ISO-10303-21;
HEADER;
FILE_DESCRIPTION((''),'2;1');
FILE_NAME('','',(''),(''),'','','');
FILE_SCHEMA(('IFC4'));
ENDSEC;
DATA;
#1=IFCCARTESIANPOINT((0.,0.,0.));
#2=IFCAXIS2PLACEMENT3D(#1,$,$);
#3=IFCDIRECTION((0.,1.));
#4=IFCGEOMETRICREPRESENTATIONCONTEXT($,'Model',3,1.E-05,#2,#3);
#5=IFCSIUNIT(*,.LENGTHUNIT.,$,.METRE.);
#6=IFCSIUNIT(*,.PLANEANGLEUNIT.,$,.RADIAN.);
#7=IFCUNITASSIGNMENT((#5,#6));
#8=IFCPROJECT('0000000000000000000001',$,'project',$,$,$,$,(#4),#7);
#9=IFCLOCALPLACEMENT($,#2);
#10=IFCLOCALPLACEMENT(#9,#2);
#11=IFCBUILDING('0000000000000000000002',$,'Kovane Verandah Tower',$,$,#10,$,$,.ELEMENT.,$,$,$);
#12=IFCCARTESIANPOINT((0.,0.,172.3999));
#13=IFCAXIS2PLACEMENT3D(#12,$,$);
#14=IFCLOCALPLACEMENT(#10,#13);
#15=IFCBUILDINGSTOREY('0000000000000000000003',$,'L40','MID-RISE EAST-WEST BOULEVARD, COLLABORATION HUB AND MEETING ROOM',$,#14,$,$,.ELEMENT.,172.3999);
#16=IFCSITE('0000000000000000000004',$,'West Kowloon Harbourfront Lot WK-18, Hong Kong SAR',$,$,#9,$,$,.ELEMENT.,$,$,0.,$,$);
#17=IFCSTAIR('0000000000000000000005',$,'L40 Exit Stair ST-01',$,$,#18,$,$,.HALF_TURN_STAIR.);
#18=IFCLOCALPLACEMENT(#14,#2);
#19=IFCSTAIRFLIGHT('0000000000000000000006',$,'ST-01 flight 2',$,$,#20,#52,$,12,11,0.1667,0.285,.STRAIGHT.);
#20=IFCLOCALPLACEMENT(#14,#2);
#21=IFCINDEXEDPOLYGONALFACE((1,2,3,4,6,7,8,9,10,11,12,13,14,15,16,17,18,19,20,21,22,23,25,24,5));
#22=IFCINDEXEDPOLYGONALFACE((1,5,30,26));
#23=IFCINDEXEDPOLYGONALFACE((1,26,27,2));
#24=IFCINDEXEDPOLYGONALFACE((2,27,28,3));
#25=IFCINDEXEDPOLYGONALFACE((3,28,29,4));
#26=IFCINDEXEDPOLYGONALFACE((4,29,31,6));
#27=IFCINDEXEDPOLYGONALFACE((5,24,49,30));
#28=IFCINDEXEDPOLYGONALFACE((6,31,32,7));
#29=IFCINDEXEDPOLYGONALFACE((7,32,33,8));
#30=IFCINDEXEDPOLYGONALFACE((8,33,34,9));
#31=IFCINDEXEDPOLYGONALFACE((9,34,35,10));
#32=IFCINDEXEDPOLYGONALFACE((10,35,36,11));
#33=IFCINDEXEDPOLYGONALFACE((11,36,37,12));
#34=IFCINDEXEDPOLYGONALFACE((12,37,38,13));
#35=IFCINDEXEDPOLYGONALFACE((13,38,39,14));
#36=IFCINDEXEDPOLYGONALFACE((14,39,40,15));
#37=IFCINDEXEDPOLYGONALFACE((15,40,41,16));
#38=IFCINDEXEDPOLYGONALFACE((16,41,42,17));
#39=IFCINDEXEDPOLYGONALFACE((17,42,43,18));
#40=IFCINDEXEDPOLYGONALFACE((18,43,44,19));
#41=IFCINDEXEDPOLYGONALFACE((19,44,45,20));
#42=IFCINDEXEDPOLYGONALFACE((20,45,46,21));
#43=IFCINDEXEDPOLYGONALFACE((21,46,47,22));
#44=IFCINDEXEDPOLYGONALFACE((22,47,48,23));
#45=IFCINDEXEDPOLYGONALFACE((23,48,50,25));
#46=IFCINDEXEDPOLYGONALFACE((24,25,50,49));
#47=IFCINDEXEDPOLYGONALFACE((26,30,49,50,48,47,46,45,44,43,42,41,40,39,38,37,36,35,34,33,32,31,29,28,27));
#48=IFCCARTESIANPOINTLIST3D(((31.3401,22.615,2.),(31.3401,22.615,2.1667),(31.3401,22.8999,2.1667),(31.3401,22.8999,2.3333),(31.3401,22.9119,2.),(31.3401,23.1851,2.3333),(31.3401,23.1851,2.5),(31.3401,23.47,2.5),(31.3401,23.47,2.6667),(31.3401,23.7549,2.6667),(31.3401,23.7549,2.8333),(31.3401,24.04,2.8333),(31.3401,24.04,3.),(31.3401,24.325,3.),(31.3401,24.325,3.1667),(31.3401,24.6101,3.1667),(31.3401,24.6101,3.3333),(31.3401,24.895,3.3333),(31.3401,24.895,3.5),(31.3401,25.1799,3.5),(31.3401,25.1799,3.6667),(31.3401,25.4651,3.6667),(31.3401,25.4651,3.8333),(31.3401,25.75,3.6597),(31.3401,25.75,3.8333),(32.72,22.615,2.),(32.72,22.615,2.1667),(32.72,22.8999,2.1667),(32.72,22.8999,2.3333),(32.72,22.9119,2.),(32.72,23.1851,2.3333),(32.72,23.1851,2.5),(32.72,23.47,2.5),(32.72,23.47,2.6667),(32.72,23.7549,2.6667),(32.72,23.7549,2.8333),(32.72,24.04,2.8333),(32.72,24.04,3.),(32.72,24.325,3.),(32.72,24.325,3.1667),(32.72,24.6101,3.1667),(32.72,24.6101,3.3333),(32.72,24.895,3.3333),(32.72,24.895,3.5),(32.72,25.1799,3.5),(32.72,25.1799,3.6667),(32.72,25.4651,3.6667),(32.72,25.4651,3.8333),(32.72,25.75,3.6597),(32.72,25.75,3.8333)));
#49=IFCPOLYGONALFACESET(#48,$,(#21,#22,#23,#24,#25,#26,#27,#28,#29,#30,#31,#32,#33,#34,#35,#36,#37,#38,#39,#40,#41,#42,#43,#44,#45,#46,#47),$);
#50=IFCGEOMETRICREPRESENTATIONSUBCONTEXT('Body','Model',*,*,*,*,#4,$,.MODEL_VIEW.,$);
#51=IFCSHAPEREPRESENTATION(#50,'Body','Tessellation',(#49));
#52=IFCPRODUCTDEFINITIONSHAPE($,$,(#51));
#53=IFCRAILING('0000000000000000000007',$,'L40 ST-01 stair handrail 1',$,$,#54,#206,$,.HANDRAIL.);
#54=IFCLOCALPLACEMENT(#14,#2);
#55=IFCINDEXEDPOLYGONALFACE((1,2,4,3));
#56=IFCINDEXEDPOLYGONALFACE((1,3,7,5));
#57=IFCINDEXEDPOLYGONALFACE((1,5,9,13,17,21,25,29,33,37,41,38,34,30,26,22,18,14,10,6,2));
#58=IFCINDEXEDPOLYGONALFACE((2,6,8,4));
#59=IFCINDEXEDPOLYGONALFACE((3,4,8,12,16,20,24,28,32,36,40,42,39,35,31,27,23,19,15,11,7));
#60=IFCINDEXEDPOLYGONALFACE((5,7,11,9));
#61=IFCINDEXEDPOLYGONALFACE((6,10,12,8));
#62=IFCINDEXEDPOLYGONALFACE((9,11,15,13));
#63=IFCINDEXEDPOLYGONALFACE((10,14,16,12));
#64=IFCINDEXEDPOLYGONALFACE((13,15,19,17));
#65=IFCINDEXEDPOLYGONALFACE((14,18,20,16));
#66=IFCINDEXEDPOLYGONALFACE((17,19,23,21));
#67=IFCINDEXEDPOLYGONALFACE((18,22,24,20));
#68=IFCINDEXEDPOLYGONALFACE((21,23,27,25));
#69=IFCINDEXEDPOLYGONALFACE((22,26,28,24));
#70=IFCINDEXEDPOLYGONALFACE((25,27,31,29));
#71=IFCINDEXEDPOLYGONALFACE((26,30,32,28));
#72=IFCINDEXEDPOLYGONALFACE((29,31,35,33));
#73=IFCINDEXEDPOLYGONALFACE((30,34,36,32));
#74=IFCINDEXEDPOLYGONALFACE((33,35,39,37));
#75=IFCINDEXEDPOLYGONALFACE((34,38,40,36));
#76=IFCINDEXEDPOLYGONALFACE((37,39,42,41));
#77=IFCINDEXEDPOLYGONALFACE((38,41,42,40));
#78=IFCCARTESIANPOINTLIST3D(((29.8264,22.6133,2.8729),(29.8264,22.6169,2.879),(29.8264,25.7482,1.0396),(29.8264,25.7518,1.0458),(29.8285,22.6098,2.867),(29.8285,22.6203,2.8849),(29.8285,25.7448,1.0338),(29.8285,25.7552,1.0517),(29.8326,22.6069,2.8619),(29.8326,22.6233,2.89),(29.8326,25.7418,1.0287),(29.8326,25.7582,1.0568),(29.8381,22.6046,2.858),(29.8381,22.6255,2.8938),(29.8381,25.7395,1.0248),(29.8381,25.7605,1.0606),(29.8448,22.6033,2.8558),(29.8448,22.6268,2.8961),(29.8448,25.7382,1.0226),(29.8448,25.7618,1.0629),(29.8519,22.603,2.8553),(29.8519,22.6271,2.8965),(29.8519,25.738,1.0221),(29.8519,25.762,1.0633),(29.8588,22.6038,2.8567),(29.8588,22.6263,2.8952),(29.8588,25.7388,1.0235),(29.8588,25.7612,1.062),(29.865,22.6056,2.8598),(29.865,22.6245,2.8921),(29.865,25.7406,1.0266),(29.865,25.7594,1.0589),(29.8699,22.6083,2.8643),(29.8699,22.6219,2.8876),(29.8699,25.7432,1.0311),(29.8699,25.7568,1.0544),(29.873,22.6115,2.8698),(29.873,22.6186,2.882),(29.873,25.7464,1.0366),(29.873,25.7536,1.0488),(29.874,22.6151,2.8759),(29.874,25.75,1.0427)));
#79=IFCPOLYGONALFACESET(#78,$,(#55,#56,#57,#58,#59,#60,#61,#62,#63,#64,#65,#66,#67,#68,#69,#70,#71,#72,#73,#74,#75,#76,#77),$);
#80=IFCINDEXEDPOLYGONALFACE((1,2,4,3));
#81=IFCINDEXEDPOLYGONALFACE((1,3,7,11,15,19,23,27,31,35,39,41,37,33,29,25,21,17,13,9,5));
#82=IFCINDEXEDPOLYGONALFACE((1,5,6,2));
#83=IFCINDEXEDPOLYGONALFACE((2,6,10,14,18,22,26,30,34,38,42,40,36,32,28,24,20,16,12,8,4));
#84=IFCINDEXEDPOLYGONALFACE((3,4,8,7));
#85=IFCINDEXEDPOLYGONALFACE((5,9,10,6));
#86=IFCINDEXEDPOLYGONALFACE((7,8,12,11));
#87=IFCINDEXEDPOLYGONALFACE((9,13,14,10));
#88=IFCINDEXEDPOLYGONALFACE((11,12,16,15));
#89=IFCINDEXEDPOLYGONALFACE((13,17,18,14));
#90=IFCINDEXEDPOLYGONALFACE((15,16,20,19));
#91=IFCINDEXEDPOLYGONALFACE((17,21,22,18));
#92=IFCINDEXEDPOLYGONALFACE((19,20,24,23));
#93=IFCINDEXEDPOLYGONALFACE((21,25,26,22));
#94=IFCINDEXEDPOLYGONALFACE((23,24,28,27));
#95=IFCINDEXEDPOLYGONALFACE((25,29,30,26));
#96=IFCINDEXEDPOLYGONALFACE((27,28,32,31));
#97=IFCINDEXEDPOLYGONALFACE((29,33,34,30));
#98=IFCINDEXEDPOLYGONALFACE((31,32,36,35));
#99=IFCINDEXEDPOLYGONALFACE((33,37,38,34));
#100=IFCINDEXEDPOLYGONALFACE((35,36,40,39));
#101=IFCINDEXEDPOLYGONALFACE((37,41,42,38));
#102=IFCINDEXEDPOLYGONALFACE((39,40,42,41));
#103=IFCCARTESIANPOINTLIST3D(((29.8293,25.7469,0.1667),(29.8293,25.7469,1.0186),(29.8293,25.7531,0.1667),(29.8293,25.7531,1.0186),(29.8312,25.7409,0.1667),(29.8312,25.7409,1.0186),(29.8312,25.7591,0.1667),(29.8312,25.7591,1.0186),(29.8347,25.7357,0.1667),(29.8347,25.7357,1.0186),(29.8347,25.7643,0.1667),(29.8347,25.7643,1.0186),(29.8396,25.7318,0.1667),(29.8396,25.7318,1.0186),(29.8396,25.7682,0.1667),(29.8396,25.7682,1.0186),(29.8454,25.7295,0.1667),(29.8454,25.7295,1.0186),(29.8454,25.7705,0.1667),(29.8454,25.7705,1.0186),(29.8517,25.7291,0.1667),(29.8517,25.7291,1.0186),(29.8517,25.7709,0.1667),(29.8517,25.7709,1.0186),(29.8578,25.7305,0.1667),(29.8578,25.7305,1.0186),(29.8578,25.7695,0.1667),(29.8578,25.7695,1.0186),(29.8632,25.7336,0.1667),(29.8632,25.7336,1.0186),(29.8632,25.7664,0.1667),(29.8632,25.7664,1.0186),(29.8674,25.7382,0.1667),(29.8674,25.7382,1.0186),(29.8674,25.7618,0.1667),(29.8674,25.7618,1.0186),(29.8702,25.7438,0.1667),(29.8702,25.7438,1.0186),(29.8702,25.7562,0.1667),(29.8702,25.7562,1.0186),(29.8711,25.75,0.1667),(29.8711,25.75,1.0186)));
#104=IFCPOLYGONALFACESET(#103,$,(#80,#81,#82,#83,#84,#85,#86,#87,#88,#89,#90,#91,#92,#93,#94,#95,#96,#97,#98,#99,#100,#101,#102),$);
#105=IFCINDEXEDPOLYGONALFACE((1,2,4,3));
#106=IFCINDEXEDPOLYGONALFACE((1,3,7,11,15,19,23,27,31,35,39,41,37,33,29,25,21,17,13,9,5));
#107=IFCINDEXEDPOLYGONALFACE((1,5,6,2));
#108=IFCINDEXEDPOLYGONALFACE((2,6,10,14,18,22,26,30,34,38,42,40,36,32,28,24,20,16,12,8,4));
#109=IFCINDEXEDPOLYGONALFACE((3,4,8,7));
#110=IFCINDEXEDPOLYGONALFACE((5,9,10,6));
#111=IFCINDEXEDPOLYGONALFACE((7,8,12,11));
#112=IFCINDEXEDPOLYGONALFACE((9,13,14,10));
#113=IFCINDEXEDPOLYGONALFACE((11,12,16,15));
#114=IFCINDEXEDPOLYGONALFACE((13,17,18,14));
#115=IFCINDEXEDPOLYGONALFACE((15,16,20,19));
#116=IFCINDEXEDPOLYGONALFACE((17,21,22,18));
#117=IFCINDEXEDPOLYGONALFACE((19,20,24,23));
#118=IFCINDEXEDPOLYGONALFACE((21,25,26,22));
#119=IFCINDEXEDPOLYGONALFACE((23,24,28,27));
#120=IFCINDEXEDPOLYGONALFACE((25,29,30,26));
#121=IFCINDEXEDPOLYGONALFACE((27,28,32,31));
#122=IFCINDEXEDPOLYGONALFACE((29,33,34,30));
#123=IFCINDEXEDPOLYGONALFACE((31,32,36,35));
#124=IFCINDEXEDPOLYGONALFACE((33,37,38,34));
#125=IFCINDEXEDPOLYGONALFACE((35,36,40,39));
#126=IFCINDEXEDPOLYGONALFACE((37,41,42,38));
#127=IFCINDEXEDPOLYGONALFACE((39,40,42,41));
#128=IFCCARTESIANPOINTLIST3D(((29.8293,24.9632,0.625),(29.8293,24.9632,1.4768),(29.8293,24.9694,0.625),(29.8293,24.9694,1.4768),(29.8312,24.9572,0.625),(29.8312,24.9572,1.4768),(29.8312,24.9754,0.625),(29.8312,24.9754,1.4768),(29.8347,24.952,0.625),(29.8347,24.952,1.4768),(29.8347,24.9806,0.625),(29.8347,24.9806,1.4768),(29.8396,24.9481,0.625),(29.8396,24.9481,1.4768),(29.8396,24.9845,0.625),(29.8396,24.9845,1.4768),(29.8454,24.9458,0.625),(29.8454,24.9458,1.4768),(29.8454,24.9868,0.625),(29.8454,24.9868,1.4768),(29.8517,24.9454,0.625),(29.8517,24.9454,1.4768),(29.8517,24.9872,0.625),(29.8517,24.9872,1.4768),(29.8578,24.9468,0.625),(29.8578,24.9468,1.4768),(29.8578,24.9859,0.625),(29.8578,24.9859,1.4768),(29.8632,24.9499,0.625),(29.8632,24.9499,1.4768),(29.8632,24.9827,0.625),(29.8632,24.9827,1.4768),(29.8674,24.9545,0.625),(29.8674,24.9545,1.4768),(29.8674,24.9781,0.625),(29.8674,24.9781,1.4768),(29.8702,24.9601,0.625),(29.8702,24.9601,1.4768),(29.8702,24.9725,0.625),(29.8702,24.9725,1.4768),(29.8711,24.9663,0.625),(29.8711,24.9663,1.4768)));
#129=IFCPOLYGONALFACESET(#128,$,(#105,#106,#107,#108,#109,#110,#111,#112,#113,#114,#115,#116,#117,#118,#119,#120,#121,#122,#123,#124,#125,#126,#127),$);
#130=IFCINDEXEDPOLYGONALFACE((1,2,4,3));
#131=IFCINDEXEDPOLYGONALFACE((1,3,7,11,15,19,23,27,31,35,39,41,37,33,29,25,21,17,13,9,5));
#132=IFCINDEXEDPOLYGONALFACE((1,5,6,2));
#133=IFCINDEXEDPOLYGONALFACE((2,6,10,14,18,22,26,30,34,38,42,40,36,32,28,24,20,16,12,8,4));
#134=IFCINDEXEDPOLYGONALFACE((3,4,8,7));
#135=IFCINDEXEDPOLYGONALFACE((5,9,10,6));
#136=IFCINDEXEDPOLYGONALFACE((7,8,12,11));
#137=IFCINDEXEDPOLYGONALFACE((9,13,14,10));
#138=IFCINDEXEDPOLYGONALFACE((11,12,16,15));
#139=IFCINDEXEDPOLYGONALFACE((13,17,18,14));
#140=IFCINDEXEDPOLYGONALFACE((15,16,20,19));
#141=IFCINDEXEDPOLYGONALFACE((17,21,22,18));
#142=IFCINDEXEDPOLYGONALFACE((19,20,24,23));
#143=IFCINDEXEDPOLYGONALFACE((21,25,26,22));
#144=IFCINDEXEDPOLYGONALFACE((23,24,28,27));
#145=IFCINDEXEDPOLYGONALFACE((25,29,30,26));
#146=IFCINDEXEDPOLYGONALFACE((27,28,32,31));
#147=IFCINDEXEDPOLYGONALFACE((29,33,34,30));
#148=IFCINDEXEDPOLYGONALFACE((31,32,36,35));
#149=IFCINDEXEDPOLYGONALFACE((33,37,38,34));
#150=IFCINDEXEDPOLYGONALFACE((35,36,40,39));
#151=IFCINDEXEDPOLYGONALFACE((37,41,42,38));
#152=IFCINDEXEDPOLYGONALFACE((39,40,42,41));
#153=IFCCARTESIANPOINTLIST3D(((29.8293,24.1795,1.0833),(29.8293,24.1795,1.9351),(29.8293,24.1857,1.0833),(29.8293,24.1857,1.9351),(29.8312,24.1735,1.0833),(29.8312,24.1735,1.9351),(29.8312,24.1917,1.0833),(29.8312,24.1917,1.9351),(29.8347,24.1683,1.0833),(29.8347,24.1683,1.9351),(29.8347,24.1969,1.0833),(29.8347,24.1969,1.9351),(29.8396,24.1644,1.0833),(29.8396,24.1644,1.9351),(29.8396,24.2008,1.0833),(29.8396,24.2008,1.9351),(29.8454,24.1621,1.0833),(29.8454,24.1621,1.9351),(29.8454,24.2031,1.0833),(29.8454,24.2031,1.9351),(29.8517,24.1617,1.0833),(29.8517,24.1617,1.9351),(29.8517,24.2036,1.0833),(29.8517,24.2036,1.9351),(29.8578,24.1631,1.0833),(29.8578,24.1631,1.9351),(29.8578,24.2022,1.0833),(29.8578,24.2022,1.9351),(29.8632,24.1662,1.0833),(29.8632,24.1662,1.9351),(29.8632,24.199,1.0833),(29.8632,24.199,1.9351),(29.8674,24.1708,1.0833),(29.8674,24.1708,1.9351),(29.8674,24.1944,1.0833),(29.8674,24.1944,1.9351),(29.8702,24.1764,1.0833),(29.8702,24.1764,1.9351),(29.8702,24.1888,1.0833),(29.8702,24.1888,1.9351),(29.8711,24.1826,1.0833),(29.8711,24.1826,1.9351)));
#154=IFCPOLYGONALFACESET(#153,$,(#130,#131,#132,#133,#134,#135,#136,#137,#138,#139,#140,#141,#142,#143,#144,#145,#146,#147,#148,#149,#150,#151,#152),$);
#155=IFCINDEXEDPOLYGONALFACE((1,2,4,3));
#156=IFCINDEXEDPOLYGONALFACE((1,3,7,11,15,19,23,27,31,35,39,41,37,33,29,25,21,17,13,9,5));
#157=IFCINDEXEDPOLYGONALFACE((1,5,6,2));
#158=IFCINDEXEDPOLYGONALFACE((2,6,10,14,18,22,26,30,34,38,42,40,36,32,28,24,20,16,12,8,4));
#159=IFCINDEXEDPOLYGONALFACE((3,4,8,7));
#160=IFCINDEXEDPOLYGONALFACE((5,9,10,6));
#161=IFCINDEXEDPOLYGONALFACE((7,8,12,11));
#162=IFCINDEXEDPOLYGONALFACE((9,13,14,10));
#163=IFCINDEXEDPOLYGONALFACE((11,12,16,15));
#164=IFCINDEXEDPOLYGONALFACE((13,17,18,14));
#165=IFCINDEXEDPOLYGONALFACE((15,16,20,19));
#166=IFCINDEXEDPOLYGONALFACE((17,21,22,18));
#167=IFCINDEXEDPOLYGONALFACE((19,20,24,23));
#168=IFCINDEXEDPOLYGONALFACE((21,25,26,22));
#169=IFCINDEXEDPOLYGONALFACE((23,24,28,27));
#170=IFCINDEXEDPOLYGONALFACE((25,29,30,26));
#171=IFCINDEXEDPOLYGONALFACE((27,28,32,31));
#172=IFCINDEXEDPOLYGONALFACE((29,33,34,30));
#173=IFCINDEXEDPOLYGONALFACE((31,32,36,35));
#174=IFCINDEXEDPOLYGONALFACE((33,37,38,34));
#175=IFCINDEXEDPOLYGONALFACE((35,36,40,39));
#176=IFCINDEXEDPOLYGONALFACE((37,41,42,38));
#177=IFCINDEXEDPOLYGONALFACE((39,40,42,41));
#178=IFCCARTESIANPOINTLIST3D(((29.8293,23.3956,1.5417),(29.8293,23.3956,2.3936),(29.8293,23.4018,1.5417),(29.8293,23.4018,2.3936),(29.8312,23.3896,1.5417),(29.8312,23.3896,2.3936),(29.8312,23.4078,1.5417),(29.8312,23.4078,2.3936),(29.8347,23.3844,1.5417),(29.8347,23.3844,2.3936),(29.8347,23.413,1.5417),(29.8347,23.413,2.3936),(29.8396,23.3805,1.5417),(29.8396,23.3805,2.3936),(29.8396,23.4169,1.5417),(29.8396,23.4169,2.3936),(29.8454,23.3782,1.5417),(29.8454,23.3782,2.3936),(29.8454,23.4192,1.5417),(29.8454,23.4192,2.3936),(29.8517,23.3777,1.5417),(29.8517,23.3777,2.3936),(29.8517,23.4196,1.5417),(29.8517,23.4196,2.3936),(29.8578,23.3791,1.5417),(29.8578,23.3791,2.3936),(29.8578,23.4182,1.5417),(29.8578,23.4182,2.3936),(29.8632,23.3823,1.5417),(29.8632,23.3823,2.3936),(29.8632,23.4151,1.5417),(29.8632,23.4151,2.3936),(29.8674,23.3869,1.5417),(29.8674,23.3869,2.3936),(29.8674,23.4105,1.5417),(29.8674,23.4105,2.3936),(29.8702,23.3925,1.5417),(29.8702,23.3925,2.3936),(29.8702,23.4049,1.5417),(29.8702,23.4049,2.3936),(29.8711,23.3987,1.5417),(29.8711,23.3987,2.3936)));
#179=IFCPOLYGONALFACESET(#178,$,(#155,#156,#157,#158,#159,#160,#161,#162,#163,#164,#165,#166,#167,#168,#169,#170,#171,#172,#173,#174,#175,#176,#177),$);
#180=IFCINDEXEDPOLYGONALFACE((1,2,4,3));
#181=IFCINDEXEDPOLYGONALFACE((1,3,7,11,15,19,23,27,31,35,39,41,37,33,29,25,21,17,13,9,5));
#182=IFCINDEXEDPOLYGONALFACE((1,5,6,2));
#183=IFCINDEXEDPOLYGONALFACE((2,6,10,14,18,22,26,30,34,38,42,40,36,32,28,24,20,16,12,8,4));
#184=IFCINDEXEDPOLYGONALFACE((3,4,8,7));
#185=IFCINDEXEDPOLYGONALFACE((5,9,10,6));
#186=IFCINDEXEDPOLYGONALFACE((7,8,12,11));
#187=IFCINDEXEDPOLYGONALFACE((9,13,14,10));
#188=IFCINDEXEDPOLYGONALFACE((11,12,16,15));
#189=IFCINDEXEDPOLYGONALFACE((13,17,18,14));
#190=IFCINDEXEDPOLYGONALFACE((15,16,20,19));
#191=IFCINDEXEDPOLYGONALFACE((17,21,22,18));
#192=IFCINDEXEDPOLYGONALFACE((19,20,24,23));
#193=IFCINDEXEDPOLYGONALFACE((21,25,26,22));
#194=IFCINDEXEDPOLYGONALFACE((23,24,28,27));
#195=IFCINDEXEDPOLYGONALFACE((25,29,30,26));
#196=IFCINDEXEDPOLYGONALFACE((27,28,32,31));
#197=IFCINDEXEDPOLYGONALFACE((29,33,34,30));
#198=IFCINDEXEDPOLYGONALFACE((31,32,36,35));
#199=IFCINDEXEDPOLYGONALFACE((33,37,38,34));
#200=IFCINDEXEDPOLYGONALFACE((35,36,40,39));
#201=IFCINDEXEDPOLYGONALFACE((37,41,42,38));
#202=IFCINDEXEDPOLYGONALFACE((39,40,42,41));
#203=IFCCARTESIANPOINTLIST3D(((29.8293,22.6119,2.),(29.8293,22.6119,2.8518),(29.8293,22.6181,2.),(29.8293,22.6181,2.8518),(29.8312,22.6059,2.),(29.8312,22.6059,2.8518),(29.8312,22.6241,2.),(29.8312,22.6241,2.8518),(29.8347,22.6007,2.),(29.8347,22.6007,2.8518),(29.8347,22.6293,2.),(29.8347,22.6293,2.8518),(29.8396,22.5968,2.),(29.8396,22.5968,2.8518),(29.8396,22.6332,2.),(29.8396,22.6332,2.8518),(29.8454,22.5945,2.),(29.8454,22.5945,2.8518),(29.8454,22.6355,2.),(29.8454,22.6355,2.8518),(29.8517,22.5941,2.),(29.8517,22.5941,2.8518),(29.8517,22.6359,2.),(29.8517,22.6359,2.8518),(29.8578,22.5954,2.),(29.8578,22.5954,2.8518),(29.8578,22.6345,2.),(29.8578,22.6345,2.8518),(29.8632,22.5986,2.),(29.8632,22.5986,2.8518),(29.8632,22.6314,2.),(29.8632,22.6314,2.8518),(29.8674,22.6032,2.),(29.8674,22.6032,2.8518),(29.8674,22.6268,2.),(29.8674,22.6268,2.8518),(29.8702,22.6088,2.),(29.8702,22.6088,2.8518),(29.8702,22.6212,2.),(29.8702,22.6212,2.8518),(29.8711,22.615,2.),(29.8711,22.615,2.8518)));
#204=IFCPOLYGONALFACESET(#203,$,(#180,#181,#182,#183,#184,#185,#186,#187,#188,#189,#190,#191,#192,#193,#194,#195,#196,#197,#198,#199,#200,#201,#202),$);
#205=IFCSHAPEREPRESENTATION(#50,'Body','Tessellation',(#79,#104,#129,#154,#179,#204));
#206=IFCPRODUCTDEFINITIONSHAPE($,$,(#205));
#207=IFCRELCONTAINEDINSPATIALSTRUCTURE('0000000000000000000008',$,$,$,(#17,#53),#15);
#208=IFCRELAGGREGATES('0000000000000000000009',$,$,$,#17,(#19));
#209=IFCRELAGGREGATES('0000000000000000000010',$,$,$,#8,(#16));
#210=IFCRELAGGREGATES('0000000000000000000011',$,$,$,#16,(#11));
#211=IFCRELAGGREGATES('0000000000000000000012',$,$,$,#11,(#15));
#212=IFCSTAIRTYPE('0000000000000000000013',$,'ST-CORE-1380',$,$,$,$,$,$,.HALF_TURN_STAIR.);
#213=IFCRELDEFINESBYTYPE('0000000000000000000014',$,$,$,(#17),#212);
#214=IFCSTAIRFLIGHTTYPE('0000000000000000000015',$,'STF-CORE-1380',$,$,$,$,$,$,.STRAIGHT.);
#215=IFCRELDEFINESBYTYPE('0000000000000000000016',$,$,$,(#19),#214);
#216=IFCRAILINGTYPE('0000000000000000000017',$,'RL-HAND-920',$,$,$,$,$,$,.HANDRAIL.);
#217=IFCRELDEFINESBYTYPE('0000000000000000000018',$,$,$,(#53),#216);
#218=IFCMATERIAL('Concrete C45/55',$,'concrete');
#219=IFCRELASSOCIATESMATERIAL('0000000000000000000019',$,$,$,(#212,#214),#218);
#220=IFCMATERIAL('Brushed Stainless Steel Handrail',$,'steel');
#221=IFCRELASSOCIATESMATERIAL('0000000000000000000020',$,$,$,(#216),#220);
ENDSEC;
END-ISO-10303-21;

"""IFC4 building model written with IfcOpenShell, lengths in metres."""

from ifc_helpers import new_model, si_unit, direction, frame, origin, origin_2d, place, context, subcontext, project, spatial, polyline, circle, outline, extrude, material, type_object, element, aggregate, save


model = new_model("IFC4")

# Units and contexts
model_context = context("Model", 3, precision=1e-05, world=origin(), true_north=direction((0.0, 1.0)))
body_context = subcontext(model_context, "Body", "Model", "MODEL_VIEW")
ifc_project = project(units=[si_unit("LENGTHUNIT", "METRE"), si_unit("PLANEANGLEUNIT", "RADIAN")], contexts=[model_context])

# Site, building, storey
site_placement = place(None, origin())
site = spatial("IfcSite", under=ifc_project, at=site_placement, Name="West Kowloon Harbourfront Lot WK-18, Hong Kong SAR", CompositionType="ELEMENT", RefElevation=0.0)
building_placement = place(site_placement, origin())
building = spatial("IfcBuilding", under=site, at=building_placement, Name="Kovane Verandah Tower", CompositionType="ELEMENT")
storey_placement = place(building_placement, frame((0.0, 0.0, 172.3999)))
storey = spatial("IfcBuildingStorey", under=building, at=storey_placement, Name="L40", Description="MID-RISE EAST-WEST BOULEVARD, COLLABORATION HUB AND MEETING ROOM", CompositionType="ELEMENT", Elevation=172.3999)

# Shared definitions
ifc_material_1 = material(Name="Concrete C45/55", Category="concrete")

# Stair, stair flight
stair_type = type_object("IfcStairType", Name="ST-CORE-1380", PredefinedType="HALF_TURN_STAIR", material=ifc_material_1)
stair_placement = place(storey_placement, origin())
stair = element("IfcStair", 1, at=stair_placement, inside=storey, type_object=stair_type, Name="L40 Exit Stair ST-01", PredefinedType="HALF_TURN_STAIR")
stair_flight_type = type_object("IfcStairFlightType", Name="STF-CORE-1380", PredefinedType="STRAIGHT", material=ifc_material_1)
stair_flight_1_placement = place(storey_placement, frame((32.03, 22.615, 2.0), z_axis=(0.0, 0.0, 1.0), x_axis=(0.0, 1.0, 0.0)))
stair_flight_1 = element("IfcStairFlight", 2, at=stair_flight_1_placement, type_object=stair_flight_type, Name="ST-01 flight 2", NumberOfRisers=12, NumberOfTreads=11, PredefinedType="STRAIGHT", RiserHeight=0.1667, TreadLength=0.285, context=body_context, shape_type="SweptSolid", body=[
    extrude(outline(polyline([(0.0, 0.0), (0.0, 0.1667), (0.2849, 0.1667), (0.2849, 0.3333), (0.5701, 0.3333), (0.5701, 0.5), (0.855, 0.5), (0.855, 0.6667), (1.1399, 0.6667), (1.1399, 0.8333), (1.425, 0.8333), (1.425, 1.0), (1.71, 1.0), (1.71, 1.1667), (1.9951, 1.1667), (1.9951, 1.3333), (2.28, 1.3333), (2.28, 1.5), (2.5649, 1.5), (2.5649, 1.6667), (2.8501, 1.6667), (2.8501, 1.8333), (3.135, 1.8333), (3.135, 2.0), (3.135, 1.6597), (0.2969, 0.0), (0.0, 0.0)])), frame((0.0, 0.6899, 0.0), z_axis=(0.0, -1.0, 0.0), x_axis=(1.0, 0.0, 0.0)), (0.0, 0.0, 1.0), 1.3799),
])
aggregate(stair, [stair_flight_1])

# Railing
ifc_material_2 = material(Name="Brushed Stainless Steel Handrail", Category="steel")
railing_type_1 = type_object("IfcRailingType", Name="RL-HAND-920", PredefinedType="HANDRAIL", material=ifc_material_2)
railing_1_placement = place(storey_placement, frame((29.8501, 25.75, 0.1667)))
element("IfcRailing", 3, at=railing_1_placement, inside=storey, type_object=railing_type_1, Name="L40 ST-01 stair handrail 1", PredefinedType="HANDRAIL", context=body_context, shape_type="SweptSolid", body=[
    extrude(circle(Radius=0.0239, at=origin_2d()), frame((0.0, 0.0, 0.876), z_axis=(0.0, -0.86324, 0.504794), x_axis=(1.0, 0.0, 0.0)), (0.0, 0.0, 1.0), 3.6316),
    extrude(circle(Radius=0.021, at=origin_2d()), origin(), (0.0, 0.0, 1.0), 0.8518),
    extrude(circle(Radius=0.021, at=origin_2d()), frame((0.0, -0.7837, 0.4583)), (0.0, 0.0, 1.0), 0.8518),
    extrude(circle(Radius=0.021, at=origin_2d()), frame((0.0, -1.5674, 0.9165)), (0.0, 0.0, 1.0), 0.8518),
    extrude(circle(Radius=0.021, at=origin_2d()), frame((0.0, -2.3513, 1.375)), (0.0, 0.0, 1.0), 0.8518),
    extrude(circle(Radius=0.021, at=origin_2d()), frame((0.0, -3.135, 1.8333)), (0.0, 0.0, 1.0), 0.8518),
])

save(model, "model.ifc")
